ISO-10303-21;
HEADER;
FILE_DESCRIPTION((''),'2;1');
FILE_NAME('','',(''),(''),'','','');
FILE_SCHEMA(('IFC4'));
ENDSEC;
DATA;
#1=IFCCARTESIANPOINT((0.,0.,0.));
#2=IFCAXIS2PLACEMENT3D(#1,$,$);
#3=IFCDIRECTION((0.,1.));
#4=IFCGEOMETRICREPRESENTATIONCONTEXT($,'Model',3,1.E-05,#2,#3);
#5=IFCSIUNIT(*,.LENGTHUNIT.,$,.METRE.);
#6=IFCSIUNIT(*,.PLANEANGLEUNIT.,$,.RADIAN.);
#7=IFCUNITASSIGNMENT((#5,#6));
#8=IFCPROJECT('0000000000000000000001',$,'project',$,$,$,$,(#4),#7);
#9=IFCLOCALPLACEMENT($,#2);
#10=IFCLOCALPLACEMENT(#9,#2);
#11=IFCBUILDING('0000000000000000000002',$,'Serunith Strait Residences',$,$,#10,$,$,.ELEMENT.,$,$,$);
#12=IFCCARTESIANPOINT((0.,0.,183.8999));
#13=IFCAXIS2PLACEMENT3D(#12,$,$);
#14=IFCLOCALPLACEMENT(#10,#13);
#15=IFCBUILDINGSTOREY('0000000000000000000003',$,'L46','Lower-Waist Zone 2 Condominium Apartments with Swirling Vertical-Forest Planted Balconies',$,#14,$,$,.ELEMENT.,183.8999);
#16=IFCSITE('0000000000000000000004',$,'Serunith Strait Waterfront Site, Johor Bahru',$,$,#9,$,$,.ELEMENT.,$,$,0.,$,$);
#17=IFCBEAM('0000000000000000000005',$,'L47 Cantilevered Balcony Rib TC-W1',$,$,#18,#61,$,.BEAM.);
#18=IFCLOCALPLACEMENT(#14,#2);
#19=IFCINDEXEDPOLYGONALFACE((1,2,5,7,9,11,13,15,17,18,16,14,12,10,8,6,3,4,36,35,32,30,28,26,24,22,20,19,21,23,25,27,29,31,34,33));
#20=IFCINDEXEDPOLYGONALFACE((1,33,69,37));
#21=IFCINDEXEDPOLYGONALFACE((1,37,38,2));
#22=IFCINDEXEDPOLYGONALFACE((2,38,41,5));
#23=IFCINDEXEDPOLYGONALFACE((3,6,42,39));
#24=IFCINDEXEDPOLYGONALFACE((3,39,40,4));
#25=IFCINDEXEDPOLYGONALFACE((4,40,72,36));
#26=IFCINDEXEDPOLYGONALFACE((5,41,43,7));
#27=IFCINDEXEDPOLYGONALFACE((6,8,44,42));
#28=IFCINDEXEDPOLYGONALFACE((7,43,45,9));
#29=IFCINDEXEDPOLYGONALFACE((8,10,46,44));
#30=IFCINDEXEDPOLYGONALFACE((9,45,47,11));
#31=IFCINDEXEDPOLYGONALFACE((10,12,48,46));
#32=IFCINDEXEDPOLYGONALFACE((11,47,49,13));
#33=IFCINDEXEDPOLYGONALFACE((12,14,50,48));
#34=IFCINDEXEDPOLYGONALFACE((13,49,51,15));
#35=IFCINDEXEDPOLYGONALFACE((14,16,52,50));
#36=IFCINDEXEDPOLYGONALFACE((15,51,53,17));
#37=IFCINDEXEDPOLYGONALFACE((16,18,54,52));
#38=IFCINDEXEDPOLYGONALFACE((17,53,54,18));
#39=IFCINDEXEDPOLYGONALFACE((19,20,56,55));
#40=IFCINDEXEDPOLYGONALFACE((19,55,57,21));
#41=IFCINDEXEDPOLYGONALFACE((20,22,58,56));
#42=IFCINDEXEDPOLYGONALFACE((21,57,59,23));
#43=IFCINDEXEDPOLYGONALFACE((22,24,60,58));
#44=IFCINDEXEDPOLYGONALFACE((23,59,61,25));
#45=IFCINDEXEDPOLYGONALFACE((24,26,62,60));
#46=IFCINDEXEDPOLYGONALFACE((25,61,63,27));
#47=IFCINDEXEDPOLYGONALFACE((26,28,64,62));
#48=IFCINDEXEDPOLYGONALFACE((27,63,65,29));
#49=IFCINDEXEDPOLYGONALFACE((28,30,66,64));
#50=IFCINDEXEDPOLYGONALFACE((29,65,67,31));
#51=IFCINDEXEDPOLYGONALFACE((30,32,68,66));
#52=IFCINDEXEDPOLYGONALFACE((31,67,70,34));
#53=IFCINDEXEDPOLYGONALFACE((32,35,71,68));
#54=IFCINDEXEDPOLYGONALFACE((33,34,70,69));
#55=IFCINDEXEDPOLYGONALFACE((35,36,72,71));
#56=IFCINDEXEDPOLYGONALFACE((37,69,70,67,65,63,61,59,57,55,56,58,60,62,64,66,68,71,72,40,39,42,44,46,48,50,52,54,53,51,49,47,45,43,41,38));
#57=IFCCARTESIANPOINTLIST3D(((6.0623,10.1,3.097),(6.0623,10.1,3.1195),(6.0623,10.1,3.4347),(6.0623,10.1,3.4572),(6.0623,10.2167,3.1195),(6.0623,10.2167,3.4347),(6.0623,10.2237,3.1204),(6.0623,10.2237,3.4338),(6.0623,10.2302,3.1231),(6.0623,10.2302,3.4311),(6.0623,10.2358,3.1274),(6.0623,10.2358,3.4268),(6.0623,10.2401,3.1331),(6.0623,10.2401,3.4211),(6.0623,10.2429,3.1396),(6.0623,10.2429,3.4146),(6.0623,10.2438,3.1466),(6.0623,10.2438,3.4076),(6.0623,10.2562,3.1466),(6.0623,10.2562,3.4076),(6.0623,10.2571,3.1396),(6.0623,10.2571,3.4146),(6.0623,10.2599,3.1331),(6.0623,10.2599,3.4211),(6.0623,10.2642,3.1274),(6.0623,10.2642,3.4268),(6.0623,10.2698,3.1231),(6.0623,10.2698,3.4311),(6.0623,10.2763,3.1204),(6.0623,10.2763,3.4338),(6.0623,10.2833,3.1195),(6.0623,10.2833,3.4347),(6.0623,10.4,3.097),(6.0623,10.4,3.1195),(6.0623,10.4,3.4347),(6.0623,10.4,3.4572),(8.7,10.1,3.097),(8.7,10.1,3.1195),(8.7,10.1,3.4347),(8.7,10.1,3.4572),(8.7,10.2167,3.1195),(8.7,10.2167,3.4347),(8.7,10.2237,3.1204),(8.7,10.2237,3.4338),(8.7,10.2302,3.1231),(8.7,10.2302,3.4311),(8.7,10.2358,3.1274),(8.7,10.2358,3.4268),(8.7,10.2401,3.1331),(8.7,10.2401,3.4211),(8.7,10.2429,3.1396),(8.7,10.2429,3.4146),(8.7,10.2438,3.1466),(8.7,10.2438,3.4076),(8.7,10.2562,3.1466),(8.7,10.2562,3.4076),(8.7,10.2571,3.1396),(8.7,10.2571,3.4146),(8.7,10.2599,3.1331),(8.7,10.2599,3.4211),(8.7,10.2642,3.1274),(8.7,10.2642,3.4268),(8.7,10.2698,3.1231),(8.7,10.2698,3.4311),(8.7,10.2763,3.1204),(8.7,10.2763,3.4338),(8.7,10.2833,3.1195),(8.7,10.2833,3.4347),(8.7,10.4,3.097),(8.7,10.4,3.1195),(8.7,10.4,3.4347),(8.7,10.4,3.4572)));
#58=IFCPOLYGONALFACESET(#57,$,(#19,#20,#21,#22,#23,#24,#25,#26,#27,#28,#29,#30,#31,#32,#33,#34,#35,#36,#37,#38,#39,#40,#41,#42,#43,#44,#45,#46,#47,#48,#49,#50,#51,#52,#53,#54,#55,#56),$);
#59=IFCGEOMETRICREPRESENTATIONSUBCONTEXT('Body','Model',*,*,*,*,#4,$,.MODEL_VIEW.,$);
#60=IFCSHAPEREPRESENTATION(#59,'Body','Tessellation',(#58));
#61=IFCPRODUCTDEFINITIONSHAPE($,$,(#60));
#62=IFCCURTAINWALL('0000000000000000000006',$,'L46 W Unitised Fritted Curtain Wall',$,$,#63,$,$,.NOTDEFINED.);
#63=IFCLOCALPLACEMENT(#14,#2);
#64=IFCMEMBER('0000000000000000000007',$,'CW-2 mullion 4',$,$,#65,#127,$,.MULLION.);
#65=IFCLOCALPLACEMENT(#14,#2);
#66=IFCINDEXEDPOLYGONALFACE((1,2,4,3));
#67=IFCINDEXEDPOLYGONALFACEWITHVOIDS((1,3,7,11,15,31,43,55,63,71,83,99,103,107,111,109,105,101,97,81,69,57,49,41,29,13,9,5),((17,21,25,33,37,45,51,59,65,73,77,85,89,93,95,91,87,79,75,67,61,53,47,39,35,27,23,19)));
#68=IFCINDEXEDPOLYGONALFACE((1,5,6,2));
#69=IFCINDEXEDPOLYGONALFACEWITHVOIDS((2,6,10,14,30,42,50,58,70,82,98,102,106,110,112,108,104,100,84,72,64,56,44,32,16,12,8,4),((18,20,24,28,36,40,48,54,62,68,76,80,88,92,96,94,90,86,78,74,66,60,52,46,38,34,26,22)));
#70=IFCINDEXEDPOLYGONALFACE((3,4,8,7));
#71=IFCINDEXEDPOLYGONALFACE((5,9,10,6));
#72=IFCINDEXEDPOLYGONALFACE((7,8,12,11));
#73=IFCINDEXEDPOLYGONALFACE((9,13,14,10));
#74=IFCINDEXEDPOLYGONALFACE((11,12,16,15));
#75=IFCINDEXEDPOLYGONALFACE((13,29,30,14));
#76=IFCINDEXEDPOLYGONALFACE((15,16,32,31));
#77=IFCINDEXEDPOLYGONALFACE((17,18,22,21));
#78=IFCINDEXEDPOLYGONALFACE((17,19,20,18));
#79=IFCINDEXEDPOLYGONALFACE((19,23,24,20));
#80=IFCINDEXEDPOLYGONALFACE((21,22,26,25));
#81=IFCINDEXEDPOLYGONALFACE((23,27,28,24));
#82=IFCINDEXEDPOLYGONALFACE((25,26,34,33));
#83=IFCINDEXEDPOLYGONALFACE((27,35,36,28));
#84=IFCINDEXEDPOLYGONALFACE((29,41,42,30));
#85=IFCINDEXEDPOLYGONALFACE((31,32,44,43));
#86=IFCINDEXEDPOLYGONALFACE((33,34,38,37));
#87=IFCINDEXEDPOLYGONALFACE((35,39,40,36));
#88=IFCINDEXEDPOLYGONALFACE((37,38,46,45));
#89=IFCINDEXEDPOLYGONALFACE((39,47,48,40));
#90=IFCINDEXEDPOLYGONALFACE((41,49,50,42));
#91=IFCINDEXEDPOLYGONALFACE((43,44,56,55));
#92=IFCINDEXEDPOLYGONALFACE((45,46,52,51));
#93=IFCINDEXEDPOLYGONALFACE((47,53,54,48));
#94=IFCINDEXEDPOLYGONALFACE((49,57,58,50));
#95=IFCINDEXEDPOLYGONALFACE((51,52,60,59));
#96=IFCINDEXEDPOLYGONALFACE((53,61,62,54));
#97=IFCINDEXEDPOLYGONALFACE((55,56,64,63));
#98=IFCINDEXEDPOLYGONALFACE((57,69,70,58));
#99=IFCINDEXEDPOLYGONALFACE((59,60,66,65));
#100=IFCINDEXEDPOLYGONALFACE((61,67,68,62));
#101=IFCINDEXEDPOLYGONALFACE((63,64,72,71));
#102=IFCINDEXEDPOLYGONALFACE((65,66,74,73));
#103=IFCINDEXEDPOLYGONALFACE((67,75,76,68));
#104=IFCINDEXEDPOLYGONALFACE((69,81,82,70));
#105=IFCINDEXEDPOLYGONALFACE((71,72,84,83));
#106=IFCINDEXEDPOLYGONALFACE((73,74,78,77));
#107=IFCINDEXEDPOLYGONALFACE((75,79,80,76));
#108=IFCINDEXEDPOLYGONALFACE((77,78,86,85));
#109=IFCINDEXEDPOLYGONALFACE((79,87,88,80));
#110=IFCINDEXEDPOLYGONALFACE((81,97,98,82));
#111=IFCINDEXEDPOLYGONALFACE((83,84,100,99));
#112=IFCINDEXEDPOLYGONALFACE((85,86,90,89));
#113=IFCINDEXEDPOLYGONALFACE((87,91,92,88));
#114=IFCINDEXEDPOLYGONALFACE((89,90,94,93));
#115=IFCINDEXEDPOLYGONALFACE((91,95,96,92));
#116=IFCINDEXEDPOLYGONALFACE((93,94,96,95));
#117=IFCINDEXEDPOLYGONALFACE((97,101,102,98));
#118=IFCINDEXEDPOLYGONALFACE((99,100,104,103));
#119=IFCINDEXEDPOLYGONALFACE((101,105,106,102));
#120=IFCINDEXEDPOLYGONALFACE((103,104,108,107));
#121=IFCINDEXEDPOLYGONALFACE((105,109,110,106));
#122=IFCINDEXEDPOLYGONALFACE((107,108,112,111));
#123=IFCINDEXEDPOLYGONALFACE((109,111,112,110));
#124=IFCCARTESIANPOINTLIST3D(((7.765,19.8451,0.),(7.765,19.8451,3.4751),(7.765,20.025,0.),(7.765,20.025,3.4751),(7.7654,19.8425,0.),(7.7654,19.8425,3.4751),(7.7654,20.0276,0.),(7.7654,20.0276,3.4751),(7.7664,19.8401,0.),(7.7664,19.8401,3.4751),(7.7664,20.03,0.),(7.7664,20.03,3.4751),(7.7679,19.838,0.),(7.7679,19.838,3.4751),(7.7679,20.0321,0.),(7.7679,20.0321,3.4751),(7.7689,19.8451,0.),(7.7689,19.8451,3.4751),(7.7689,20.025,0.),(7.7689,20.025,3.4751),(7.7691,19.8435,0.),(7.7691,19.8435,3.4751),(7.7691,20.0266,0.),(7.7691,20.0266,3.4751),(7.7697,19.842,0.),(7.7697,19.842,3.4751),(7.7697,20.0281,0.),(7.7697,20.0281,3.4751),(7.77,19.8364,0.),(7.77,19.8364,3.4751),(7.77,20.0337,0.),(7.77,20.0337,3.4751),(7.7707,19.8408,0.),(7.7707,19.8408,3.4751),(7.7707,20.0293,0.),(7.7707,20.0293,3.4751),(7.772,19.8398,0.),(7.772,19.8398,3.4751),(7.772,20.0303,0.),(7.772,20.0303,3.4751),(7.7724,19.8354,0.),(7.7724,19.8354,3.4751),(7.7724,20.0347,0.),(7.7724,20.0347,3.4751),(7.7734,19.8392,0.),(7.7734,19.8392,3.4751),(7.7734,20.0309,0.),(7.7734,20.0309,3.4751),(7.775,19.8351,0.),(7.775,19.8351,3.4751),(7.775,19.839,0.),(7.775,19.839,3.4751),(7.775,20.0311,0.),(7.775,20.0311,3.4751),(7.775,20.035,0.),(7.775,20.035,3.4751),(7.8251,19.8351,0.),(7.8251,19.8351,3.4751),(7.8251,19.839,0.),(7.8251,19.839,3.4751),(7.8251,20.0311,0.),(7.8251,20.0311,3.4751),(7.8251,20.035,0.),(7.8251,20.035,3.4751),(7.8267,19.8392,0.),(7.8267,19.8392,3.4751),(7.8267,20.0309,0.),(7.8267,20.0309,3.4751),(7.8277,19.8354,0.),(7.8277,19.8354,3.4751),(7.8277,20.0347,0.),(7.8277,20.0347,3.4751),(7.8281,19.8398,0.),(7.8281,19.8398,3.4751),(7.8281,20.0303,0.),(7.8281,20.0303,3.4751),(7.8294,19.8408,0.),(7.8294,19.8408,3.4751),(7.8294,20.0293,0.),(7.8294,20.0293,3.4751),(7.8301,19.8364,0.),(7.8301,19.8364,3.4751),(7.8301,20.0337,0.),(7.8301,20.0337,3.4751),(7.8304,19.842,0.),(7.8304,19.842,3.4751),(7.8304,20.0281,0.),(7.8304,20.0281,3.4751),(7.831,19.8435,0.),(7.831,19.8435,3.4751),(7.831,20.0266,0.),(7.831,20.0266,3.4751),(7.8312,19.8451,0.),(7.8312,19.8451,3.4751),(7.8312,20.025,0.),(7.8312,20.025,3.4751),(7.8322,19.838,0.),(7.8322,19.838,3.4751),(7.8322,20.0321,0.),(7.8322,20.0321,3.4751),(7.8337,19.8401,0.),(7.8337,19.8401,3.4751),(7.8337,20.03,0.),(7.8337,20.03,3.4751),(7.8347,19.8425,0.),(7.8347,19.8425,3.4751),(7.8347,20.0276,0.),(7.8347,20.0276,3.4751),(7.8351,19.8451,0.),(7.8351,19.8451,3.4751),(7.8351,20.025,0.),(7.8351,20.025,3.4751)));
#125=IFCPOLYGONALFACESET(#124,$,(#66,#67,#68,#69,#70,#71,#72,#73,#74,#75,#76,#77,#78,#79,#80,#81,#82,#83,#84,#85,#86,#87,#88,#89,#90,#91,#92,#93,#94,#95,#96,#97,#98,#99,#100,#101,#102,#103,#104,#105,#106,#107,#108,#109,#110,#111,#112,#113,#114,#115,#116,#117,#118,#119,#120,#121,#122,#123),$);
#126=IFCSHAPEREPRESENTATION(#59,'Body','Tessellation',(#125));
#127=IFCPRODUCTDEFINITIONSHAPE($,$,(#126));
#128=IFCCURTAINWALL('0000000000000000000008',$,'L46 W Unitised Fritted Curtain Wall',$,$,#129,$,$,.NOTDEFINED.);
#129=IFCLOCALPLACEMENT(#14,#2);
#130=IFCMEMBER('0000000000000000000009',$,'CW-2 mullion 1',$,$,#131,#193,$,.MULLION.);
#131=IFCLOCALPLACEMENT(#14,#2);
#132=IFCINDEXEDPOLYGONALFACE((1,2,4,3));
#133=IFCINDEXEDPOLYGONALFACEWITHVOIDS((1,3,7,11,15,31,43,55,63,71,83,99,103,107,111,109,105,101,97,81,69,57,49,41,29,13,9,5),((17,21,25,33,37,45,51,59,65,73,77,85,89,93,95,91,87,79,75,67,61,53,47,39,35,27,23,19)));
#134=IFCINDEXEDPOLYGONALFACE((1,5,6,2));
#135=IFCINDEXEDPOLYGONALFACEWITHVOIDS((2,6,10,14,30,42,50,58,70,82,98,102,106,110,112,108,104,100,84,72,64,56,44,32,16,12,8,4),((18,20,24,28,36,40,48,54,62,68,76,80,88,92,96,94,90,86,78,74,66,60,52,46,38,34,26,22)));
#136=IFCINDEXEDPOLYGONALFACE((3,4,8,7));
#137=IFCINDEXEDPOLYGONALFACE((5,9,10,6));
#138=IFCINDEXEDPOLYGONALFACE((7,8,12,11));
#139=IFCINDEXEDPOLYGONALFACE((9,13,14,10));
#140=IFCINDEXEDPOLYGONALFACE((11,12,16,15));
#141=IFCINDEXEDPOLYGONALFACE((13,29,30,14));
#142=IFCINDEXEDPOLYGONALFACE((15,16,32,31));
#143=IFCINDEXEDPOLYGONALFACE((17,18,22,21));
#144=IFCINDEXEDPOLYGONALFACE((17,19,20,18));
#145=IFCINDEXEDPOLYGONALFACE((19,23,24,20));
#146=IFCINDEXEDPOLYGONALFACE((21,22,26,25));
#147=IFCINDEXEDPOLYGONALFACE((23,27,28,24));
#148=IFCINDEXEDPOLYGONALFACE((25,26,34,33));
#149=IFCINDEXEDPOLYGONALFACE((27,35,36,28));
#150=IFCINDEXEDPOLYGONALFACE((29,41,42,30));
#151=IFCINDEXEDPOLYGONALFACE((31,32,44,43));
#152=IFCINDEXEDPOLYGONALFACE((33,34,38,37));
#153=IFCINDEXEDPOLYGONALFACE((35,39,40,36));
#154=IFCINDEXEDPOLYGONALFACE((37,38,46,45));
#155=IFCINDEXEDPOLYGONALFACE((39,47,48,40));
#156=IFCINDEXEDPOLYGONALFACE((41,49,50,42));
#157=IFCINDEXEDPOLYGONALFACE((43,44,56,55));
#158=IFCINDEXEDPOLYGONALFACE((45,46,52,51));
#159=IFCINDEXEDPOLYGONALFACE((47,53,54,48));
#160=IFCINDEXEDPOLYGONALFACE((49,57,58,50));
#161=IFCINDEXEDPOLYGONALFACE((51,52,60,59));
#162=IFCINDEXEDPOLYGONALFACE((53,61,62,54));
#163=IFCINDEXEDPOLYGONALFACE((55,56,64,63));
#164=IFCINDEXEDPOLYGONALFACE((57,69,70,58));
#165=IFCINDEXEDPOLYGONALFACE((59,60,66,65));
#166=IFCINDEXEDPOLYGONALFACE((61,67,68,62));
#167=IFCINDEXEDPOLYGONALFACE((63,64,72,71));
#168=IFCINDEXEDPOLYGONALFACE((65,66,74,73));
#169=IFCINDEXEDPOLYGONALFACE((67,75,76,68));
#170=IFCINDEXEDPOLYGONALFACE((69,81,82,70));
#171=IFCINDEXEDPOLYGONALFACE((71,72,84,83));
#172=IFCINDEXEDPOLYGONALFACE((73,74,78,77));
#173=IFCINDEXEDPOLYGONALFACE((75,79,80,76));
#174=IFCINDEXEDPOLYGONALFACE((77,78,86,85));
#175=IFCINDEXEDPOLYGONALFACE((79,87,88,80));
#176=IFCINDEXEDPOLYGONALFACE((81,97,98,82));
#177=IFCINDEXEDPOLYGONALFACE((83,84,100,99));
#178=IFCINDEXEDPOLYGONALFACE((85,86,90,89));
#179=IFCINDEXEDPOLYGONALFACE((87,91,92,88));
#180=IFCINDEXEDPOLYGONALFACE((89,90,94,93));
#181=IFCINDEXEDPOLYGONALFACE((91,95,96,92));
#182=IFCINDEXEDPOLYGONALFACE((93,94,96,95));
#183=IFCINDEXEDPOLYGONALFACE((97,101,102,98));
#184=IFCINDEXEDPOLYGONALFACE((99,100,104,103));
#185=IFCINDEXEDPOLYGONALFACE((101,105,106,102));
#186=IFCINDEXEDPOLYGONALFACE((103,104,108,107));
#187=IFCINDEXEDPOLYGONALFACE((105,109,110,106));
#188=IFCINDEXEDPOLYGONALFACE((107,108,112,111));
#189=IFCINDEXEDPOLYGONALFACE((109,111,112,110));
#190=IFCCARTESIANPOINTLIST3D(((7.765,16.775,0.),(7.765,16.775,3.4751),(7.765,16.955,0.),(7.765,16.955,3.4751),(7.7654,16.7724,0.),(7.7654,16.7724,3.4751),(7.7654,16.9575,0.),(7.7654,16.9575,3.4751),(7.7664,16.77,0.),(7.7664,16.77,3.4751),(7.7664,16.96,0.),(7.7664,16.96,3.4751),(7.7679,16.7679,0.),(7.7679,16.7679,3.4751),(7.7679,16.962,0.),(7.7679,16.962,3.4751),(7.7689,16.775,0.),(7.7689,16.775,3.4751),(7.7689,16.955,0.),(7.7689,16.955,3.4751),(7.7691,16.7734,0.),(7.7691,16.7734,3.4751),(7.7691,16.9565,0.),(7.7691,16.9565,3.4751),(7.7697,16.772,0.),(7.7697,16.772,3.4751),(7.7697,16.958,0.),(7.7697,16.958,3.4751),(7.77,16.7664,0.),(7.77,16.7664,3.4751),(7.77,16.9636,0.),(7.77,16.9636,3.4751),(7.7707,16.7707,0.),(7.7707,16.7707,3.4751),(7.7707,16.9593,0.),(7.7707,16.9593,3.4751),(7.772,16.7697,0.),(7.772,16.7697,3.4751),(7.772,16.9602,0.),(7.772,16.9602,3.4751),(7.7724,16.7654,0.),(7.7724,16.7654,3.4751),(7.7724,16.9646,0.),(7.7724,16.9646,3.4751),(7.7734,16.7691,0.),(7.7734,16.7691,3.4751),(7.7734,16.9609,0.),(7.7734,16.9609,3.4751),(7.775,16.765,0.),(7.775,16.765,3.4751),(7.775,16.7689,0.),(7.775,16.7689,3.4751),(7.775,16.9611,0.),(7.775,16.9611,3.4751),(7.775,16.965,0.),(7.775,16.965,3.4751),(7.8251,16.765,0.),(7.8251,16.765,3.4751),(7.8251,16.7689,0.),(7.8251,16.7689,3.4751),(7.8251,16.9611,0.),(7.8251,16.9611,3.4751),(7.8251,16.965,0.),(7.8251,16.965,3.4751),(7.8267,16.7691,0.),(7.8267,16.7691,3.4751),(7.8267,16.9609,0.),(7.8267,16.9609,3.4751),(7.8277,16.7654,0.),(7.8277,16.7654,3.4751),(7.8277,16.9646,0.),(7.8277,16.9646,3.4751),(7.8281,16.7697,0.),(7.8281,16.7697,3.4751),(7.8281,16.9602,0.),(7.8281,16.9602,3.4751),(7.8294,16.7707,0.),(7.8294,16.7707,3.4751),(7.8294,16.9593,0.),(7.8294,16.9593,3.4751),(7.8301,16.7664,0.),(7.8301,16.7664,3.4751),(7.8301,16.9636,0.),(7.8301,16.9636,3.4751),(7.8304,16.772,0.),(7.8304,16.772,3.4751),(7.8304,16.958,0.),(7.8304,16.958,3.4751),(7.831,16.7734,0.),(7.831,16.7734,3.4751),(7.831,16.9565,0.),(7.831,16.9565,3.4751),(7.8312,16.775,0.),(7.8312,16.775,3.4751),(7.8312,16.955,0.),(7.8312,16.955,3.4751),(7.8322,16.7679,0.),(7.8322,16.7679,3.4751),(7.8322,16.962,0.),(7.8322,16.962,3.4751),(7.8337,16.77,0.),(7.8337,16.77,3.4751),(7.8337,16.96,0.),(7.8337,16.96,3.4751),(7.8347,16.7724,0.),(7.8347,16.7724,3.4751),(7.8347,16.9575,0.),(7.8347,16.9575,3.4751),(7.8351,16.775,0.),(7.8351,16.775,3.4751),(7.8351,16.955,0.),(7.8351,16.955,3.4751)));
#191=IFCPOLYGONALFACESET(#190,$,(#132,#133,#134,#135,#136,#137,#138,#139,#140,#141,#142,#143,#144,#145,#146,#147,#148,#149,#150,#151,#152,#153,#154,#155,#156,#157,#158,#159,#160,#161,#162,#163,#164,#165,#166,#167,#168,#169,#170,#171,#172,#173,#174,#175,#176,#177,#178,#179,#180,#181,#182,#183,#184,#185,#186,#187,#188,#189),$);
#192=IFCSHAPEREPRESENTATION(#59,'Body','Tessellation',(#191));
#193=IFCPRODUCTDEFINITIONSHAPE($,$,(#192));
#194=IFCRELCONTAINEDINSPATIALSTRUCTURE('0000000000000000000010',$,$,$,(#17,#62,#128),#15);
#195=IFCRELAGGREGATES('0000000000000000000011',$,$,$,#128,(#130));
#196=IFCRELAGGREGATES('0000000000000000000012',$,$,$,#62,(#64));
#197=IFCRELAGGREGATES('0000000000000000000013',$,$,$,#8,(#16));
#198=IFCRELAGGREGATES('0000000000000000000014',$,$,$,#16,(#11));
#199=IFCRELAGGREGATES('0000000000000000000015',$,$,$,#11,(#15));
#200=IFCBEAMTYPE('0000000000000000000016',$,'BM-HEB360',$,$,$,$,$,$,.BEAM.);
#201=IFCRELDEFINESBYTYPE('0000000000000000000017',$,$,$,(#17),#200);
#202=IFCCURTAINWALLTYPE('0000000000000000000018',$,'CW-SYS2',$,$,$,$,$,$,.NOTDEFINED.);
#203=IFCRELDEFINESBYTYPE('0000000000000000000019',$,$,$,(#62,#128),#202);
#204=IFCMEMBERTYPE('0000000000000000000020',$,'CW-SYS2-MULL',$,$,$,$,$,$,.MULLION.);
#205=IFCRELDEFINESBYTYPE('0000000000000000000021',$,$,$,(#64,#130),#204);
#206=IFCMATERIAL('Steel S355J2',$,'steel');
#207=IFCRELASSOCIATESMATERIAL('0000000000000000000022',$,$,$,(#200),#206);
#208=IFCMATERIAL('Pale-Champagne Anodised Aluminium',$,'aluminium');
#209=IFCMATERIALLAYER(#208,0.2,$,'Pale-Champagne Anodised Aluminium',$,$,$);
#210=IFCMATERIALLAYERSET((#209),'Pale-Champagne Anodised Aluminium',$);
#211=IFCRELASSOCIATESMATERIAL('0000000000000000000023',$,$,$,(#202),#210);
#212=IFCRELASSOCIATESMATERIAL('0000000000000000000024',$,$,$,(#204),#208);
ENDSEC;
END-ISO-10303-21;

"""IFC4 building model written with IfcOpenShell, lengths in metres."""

from ifc_helpers import new_model, si_unit, direction, frame, origin, origin_2d, place, context, subcontext, project, spatial, hollow_rectangle, i_section, extrude, source, transform, mapped, material, layer, layer_set, material_profile, profile_set, type_object, element, aggregate, save


model = new_model("IFC4")

# Units and contexts
model_context = context("Model", 3, precision=1e-05, world=origin(), true_north=direction((0.0, 1.0)))
body_context = subcontext(model_context, "Body", "Model", "MODEL_VIEW")
ifc_project = project(units=[si_unit("LENGTHUNIT", "METRE"), si_unit("PLANEANGLEUNIT", "RADIAN")], contexts=[model_context])

# Site, building, storey
site_placement = place(None, origin())
site = spatial("IfcSite", under=ifc_project, at=site_placement, Name="Serunith Strait Waterfront Site, Johor Bahru", CompositionType="ELEMENT", RefElevation=0.0)
building_placement = place(site_placement, origin())
building = spatial("IfcBuilding", under=site, at=building_placement, Name="Serunith Strait Residences", CompositionType="ELEMENT")
storey_placement = place(building_placement, frame((0.0, 0.0, 183.8999)))
storey = spatial("IfcBuildingStorey", under=building, at=storey_placement, Name="L46", Description="Lower-Waist Zone 2 Condominium Apartments with Swirling Vertical-Forest Planted Balconies", CompositionType="ELEMENT", Elevation=183.8999)

# Beam
ifc_material_1 = material(Name="Steel S355J2", Category="steel")
ifc_material_profile_1 = material_profile(ifc_material_1, i_section(OverallWidth=0.3, OverallDepth=0.3601, WebThickness=0.0125, FlangeThickness=0.0225, FilletRadius=0.0271, at=origin_2d()), Name="HEB 360")
ifc_profile_set_1 = profile_set([ifc_material_profile_1], Name="Steel S355J2")
beam_type_1 = type_object("IfcBeamType", Name="BM-HEB360", PredefinedType="BEAM", material=ifc_profile_set_1)
shared_shape_1 = source(origin(), body_context, "Body", "SweptSolid", [
    extrude(i_section(OverallWidth=0.3, OverallDepth=0.3601, WebThickness=0.0125, FlangeThickness=0.0225, FilletRadius=0.0271, at=origin_2d()), origin(), (0.0, 0.0, 1.0), 2.6377),
])
beam_1_placement = place(storey_placement, frame((8.7, 10.25, 3.2771), z_axis=(-1.0, 0.0, 0.0), x_axis=(0.0, -1.0, 0.0)))
element("IfcBeam", 1, at=beam_1_placement, inside=storey, type_object=beam_type_1, Name="L47 Cantilevered Balcony Rib TC-W1", PredefinedType="BEAM", context=body_context, shape_type="MappedRepresentation", body=[
    mapped(shared_shape_1, transform((0.0, 0.0, 0.0), scale=1.0)),
])

# Curtain wall, member
ifc_material_2 = material(Name="Pale-Champagne Anodised Aluminium", Category="aluminium")
ifc_layer_1 = layer(ifc_material_2, 0.2, Name="Pale-Champagne Anodised Aluminium")
ifc_layer_set_1 = layer_set([ifc_layer_1], Name="Pale-Champagne Anodised Aluminium")
curtain_wall_type = type_object("IfcCurtainWallType", Name="CW-SYS2", PredefinedType="NOTDEFINED", material=ifc_layer_set_1)
curtain_wall_1_placement = place(storey_placement, origin())
curtain_wall_1 = element("IfcCurtainWall", 2, at=curtain_wall_1_placement, inside=storey, type_object=curtain_wall_type, Name="L46 W Unitised Fritted Curtain Wall", PredefinedType="NOTDEFINED")
ifc_material_profile_2 = material_profile(ifc_material_2, hollow_rectangle(XDim=0.0701, YDim=0.2, WallThickness=0.0039, InnerFilletRadius=0.0061, OuterFilletRadius=0.01, at=origin_2d()), Name="ALU 200x70x4")
ifc_profile_set_2 = profile_set([ifc_material_profile_2], Name="Pale-Champagne Anodised Aluminium")
member_type_1 = type_object("IfcMemberType", Name="CW-SYS2-MULL", PredefinedType="MULLION", material=ifc_profile_set_2)
shared_shape_2 = source(origin(), body_context, "Body", "SweptSolid", [
    extrude(hollow_rectangle(XDim=0.0701, YDim=0.2, WallThickness=0.0039, InnerFilletRadius=0.0061, OuterFilletRadius=0.01, at=origin_2d()), origin(), (0.0, 0.0, 1.0), 3.4751),
])
member_1_placement = place(storey_placement, frame((7.8, 19.9351, 0.0), z_axis=(0.0, 0.0, 1.0), x_axis=(1.0, 0.0, 0.0)))
member_1 = element("IfcMember", 3, at=member_1_placement, type_object=member_type_1, Name="CW-2 mullion 4", PredefinedType="MULLION", context=body_context, shape_type="MappedRepresentation", body=[
    mapped(shared_shape_2, transform((0.0, 0.0, 0.0), scale=1.0)),
])

# Curtain wall, member
curtain_wall_2_placement = place(storey_placement, origin())
curtain_wall_2 = element("IfcCurtainWall", 4, at=curtain_wall_2_placement, inside=storey, type_object=curtain_wall_type, Name="L46 W Unitised Fritted Curtain Wall", PredefinedType="NOTDEFINED")
member_2_placement = place(storey_placement, frame((7.8, 16.865, 0.0), z_axis=(0.0, 0.0, 1.0), x_axis=(1.0, 0.0, 0.0)))
member_2 = element("IfcMember", 5, at=member_2_placement, type_object=member_type_1, Name="CW-2 mullion 1", PredefinedType="MULLION", context=body_context, shape_type="MappedRepresentation", body=[
    mapped(shared_shape_2, transform((0.0, 0.0, 0.0), scale=1.0)),
])
aggregate(curtain_wall_2, [member_2])

aggregate(curtain_wall_1, [member_1])

save(model, "model.ifc")
